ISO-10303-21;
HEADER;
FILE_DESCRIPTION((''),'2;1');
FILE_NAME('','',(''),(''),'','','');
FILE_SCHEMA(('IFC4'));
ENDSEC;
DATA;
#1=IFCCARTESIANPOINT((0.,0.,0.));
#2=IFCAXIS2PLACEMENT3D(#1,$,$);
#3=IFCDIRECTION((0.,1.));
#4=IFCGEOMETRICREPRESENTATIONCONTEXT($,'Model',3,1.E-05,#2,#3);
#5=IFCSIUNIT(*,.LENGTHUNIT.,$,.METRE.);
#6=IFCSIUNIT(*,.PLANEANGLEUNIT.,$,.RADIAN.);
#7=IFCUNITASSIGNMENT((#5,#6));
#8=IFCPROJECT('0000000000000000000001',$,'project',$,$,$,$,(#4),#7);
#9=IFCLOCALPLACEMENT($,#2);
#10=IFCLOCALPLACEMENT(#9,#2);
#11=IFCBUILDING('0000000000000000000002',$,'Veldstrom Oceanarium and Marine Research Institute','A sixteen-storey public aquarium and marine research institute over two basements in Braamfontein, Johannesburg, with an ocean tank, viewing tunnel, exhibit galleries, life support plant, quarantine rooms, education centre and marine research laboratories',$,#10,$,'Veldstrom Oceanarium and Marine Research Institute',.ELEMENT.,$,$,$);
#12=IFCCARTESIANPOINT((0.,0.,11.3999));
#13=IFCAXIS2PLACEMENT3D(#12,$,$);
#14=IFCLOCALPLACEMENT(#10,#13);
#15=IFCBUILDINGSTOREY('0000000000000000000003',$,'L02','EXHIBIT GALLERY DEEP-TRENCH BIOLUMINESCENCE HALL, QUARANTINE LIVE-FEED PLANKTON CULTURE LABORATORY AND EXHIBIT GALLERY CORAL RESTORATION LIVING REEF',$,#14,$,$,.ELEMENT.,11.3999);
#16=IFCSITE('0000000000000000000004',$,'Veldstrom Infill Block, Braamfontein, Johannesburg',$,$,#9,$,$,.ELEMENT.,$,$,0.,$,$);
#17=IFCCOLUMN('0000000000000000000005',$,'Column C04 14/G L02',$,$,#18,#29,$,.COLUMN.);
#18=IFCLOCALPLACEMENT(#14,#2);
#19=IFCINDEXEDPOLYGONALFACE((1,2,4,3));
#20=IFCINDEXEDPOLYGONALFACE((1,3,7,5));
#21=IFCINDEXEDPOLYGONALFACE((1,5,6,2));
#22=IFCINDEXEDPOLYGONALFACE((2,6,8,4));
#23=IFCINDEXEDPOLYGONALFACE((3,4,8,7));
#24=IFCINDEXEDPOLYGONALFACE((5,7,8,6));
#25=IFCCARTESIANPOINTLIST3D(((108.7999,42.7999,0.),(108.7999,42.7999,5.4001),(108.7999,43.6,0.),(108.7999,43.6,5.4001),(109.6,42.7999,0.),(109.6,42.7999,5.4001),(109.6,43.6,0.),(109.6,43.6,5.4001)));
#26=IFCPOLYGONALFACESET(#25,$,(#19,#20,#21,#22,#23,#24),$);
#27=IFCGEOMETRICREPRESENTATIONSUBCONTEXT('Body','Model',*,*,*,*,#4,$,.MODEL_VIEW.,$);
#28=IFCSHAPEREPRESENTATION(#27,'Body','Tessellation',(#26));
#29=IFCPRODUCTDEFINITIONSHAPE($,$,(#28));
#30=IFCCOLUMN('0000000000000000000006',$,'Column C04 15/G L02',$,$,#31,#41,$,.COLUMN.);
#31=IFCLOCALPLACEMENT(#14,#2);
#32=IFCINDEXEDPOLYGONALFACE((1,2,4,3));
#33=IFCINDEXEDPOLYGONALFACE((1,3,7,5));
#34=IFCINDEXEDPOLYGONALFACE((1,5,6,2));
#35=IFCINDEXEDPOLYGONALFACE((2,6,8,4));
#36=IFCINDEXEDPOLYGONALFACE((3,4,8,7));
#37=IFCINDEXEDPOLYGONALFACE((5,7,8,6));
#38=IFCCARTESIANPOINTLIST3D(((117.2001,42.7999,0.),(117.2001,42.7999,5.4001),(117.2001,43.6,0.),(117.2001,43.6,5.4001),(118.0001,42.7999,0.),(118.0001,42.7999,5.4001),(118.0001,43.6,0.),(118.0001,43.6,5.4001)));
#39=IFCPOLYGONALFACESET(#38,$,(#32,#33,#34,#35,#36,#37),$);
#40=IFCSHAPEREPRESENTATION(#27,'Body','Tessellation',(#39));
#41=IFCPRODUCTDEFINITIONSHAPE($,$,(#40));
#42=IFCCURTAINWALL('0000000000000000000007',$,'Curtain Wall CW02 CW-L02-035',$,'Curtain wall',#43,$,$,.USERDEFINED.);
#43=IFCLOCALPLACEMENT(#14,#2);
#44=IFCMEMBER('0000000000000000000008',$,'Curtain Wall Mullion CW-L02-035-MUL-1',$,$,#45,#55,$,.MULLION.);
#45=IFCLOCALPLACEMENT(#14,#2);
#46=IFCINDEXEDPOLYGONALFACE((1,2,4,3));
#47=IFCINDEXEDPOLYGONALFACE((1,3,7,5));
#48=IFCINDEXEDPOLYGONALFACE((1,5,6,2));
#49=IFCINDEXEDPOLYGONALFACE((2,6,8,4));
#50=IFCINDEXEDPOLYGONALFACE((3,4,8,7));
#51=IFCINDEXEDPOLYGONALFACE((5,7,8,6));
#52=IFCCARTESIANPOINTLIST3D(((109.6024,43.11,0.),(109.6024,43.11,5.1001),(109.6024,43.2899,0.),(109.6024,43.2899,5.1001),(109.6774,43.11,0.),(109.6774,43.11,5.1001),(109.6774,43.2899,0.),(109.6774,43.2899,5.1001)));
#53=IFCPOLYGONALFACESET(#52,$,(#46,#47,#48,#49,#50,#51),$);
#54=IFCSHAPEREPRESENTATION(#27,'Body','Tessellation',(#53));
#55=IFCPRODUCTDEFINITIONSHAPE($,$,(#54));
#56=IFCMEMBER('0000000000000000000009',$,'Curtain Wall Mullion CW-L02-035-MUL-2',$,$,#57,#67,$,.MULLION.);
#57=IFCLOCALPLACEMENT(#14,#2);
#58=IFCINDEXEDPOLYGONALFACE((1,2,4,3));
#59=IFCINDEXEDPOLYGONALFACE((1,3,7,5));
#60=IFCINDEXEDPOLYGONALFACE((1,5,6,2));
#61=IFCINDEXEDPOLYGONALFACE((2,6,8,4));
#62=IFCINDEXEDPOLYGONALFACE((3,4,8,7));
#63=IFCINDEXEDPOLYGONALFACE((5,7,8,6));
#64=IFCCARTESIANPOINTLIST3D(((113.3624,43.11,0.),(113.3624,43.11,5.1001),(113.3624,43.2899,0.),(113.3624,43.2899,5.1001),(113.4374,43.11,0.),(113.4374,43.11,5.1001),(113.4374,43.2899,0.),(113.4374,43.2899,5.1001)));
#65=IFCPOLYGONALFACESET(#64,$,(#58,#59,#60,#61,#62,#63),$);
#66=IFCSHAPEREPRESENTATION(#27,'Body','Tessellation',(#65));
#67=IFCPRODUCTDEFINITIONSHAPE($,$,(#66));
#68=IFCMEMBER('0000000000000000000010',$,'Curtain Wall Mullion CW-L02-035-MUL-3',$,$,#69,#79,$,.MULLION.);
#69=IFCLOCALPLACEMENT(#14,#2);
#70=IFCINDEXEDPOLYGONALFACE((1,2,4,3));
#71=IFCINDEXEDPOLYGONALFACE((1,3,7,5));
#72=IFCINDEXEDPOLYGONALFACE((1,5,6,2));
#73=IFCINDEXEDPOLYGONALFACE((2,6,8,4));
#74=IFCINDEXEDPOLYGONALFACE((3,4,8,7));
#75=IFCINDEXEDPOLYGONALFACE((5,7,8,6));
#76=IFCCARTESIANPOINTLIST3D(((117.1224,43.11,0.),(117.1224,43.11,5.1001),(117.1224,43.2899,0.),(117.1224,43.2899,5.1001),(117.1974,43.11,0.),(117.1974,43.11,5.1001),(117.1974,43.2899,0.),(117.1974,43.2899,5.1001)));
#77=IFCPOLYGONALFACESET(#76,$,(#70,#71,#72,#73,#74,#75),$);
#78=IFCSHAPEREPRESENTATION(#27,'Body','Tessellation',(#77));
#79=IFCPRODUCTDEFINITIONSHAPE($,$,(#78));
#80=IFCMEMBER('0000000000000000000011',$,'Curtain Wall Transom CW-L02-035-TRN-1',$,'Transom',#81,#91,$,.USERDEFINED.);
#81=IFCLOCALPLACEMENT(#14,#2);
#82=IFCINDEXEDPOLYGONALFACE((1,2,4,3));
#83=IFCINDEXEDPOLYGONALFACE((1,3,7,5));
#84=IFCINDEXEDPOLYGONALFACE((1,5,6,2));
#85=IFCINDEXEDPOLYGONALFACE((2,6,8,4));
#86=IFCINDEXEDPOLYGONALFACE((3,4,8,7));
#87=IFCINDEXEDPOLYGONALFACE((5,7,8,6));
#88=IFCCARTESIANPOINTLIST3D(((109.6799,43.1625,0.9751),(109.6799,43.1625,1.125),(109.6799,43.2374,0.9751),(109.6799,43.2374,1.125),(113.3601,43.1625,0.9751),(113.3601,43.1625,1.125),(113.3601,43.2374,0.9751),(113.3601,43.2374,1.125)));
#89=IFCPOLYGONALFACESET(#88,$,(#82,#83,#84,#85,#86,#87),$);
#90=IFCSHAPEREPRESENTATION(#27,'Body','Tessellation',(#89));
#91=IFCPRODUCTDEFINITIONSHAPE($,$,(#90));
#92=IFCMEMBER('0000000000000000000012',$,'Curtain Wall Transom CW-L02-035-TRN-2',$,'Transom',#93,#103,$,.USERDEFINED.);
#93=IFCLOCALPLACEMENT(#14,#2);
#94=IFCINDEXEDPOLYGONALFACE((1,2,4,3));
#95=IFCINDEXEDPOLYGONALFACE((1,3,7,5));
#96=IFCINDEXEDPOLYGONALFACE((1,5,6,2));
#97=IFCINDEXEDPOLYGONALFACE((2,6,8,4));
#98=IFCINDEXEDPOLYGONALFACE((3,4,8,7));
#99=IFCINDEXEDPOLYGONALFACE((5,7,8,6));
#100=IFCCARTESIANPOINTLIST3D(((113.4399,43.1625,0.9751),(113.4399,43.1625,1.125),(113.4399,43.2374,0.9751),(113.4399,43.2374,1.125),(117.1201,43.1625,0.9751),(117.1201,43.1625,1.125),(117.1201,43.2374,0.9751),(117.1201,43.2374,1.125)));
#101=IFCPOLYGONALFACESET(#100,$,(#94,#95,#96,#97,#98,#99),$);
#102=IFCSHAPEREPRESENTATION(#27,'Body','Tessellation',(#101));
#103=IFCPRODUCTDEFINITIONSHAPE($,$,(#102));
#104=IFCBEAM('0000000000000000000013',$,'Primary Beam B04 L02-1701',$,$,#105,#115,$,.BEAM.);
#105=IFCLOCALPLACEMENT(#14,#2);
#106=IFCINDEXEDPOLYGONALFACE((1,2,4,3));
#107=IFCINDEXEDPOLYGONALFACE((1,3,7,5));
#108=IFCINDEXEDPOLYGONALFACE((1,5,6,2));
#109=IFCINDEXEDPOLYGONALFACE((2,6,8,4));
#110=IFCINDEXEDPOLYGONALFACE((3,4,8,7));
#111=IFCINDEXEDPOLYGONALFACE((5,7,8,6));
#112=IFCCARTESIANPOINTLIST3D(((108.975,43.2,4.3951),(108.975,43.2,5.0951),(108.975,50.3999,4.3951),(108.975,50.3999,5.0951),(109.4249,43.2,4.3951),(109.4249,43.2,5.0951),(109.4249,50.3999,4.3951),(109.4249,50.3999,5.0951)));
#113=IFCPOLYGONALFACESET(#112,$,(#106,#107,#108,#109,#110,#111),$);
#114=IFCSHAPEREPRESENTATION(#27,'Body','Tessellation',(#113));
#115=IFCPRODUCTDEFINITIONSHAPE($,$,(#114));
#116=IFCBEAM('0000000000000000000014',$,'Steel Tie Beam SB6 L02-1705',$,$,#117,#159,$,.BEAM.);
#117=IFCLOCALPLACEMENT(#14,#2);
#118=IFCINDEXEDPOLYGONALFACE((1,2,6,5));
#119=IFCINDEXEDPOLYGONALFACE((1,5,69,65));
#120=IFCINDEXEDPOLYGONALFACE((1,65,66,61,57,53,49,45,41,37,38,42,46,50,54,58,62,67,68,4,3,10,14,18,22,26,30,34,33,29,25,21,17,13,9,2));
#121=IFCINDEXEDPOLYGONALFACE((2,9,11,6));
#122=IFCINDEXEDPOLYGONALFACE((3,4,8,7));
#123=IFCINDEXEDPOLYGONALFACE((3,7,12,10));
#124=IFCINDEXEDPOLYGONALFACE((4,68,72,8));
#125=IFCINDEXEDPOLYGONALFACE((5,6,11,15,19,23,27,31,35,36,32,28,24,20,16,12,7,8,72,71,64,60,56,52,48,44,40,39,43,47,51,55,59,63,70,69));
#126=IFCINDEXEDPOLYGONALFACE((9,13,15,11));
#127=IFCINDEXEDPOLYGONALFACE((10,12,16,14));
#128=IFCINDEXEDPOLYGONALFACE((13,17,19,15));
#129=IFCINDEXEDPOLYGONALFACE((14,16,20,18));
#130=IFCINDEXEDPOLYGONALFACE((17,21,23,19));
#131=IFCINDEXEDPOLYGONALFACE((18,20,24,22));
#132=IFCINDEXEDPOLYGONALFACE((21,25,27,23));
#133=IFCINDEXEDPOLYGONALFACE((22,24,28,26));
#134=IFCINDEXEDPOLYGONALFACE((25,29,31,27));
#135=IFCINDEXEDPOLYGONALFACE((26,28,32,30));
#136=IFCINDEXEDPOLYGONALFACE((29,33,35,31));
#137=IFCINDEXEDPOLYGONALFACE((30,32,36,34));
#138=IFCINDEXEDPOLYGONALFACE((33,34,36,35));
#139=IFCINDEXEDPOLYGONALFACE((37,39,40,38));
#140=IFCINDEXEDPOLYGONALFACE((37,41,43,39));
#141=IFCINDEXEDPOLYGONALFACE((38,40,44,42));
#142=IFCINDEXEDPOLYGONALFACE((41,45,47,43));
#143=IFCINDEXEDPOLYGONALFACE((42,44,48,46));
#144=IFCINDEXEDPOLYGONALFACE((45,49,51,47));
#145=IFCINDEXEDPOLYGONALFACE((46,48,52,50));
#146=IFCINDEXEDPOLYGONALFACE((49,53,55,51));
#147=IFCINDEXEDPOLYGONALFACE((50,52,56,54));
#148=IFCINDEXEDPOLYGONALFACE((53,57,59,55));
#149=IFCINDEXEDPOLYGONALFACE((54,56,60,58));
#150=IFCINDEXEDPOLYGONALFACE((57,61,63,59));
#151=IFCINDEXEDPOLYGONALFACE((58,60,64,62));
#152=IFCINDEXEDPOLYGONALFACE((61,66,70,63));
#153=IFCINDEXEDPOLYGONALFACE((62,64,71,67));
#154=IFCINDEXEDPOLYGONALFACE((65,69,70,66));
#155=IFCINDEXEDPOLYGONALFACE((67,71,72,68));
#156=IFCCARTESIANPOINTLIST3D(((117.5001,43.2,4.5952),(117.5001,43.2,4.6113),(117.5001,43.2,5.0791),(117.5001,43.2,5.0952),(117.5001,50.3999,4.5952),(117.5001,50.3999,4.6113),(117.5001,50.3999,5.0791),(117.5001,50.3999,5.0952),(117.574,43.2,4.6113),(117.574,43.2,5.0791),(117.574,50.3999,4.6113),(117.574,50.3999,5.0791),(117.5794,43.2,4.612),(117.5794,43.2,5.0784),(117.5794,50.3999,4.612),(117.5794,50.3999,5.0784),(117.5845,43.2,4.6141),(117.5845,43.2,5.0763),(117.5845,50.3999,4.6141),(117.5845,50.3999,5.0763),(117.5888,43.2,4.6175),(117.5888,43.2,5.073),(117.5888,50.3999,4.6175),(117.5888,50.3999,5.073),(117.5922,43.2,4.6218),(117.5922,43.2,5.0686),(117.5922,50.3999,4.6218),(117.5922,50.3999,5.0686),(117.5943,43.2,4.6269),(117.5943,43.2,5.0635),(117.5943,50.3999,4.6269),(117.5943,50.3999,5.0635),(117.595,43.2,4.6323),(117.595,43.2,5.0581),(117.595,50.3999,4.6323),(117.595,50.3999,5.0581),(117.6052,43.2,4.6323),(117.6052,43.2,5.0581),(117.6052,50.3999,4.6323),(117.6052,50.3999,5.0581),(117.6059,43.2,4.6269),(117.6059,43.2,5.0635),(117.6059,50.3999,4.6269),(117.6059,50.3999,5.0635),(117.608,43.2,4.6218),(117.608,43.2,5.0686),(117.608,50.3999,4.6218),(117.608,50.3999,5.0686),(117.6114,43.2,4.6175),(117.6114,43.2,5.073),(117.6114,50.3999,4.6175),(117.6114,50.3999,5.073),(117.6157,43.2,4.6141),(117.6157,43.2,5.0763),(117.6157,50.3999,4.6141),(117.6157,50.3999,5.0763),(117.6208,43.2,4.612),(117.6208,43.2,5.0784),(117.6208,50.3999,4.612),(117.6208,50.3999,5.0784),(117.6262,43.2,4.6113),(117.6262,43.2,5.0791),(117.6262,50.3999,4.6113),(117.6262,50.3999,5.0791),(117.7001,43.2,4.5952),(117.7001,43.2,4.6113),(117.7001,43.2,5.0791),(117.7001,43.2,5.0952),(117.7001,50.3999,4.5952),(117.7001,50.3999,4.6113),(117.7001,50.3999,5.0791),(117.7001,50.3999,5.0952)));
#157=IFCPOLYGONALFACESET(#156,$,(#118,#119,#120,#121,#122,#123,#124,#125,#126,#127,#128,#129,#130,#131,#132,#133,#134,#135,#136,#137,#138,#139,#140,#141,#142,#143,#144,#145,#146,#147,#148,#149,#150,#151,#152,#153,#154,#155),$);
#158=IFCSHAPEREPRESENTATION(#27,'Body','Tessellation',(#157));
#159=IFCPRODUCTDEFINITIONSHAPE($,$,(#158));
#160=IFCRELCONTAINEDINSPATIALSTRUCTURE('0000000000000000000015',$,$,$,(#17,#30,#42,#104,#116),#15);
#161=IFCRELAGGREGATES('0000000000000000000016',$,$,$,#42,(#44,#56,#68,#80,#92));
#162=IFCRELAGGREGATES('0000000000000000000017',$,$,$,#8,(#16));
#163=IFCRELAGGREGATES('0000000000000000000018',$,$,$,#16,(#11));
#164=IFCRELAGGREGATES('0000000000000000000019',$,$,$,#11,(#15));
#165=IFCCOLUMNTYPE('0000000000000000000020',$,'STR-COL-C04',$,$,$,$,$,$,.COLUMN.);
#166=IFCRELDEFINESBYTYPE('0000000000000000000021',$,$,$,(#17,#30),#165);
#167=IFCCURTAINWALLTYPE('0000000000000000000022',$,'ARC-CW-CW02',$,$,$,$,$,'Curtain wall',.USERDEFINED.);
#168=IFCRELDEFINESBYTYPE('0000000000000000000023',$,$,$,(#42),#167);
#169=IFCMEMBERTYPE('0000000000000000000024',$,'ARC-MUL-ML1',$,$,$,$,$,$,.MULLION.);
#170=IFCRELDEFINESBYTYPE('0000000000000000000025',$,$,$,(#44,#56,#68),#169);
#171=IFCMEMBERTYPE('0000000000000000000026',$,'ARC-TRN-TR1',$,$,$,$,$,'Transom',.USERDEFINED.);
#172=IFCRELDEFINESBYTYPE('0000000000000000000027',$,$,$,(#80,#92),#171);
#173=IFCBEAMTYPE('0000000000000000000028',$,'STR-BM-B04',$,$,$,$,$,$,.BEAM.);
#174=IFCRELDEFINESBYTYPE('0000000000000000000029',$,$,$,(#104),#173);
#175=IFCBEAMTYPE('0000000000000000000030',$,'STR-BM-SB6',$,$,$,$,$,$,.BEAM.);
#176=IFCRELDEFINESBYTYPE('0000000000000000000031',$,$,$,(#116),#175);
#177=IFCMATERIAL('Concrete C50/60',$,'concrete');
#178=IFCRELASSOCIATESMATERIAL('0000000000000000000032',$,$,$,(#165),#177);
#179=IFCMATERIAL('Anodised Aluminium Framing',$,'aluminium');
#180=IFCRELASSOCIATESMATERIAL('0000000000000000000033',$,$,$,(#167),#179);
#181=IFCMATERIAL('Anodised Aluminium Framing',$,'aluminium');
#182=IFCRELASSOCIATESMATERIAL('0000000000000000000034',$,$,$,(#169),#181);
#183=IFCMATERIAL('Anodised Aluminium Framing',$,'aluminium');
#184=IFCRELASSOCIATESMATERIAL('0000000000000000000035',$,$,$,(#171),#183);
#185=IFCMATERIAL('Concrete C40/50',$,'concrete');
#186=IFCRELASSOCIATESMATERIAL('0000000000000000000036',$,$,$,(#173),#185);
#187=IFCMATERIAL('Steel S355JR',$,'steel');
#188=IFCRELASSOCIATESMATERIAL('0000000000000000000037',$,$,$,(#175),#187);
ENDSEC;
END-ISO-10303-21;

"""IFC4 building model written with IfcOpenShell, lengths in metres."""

from ifc_helpers import new_model, si_unit, direction, frame, origin, origin_2d, place, context, subcontext, project, spatial, rectangle, i_section, extrude, material, material_profile, profile_set, type_object, element, aggregate, save


model = new_model("IFC4")

# Units and contexts
model_context = context("Model", 3, precision=1e-05, world=origin(), true_north=direction((0.0, 1.0)))
body_context = subcontext(model_context, "Body", "Model", "MODEL_VIEW")
ifc_project = project(units=[si_unit("LENGTHUNIT", "METRE"), si_unit("PLANEANGLEUNIT", "RADIAN")], contexts=[model_context])

# Site, building, storey
site_placement = place(None, origin())
site = spatial("IfcSite", under=ifc_project, at=site_placement, Name="Veldstrom Infill Block, Braamfontein, Johannesburg", CompositionType="ELEMENT", RefElevation=0.0)
building_placement = place(site_placement, origin())
building = spatial("IfcBuilding", under=site, at=building_placement, Name="Veldstrom Oceanarium and Marine Research Institute", Description="A sixteen-storey public aquarium and marine research institute over two basements in Braamfontein, Johannesburg, with an ocean tank, viewing tunnel, exhibit galleries, life support plant, quarantine rooms, education centre and marine research laboratories", LongName="Veldstrom Oceanarium and Marine Research Institute", CompositionType="ELEMENT")
storey_placement = place(building_placement, frame((0.0, 0.0, 11.3999)))
storey = spatial("IfcBuildingStorey", under=building, at=storey_placement, Name="L02", Description="EXHIBIT GALLERY DEEP-TRENCH BIOLUMINESCENCE HALL, QUARANTINE LIVE-FEED PLANKTON CULTURE LABORATORY AND EXHIBIT GALLERY CORAL RESTORATION LIVING REEF", CompositionType="ELEMENT", Elevation=11.3999)

# Columns
ifc_material_1 = material(Name="Concrete C50/60", Category="concrete")
ifc_material_profile_1 = material_profile(ifc_material_1, rectangle(XDim=0.8, YDim=0.8, at=origin_2d()), Name="RC-COL-800x800")
ifc_profile_set_1 = profile_set([ifc_material_profile_1], Name="Concrete C50/60")
column_type = type_object("IfcColumnType", Name="STR-COL-C04", PredefinedType="COLUMN", material=ifc_profile_set_1)
for number, where, z_axis, x_axis, name in (
    (1, (109.2, 43.2, 0.0), (0.0, 0.0, 1.0), (1.0, 0.0, 0.0), "Column C04 14/G L02"),
    (2, (117.6001, 43.2, 0.0), (0.0, 0.0, 1.0), (1.0, 0.0, 0.0), "Column C04 15/G L02"),
):
    element("IfcColumn", number, at=place(storey_placement, frame(where, z_axis=z_axis, x_axis=x_axis)), inside=storey, type_object=column_type, Name=name, PredefinedType="COLUMN", context=body_context, shape_type="SweptSolid", body=[
        extrude(rectangle(XDim=0.8, YDim=0.8, at=origin_2d()), origin(), (0.0, 0.0, 1.0), 5.4001),
    ])

# Curtain wall, members
ifc_material_2 = material(Name="Anodised Aluminium Framing", Category="aluminium")
curtain_wall_type = type_object("IfcCurtainWallType", Name="ARC-CW-CW02", ElementType="Curtain wall", PredefinedType="USERDEFINED", material=ifc_material_2)
curtain_wall_placement = place(storey_placement, origin())
curtain_wall = element("IfcCurtainWall", 3, at=curtain_wall_placement, inside=storey, type_object=curtain_wall_type, Name="Curtain Wall CW02 CW-L02-035", ObjectType="Curtain wall", PredefinedType="USERDEFINED")
ifc_material_3 = material(Name="Anodised Aluminium Framing", Category="aluminium")
ifc_material_profile_2 = material_profile(ifc_material_3, rectangle(XDim=0.075, YDim=0.1799, at=origin_2d()), Name="ALU-MUL-75x180")
ifc_profile_set_2 = profile_set([ifc_material_profile_2], Name="Anodised Aluminium Framing")
member_type_1 = type_object("IfcMemberType", Name="ARC-MUL-ML1", PredefinedType="MULLION", material=ifc_profile_set_2)
member_1_placement = place(storey_placement, frame((109.6399, 43.2, 0.0), z_axis=(0.0, 0.0, 1.0), x_axis=(1.0, 0.0, 0.0)))
member_1 = element("IfcMember", 4, at=member_1_placement, type_object=member_type_1, Name="Curtain Wall Mullion CW-L02-035-MUL-1", PredefinedType="MULLION", context=body_context, shape_type="SweptSolid", body=[
    extrude(rectangle(XDim=0.075, YDim=0.1799, at=origin_2d()), origin(), (0.0, 0.0, 1.0), 5.1001),
])
member_2_placement = place(storey_placement, frame((113.3999, 43.2, 0.0), z_axis=(0.0, 0.0, 1.0), x_axis=(1.0, 0.0, 0.0)))
member_2 = element("IfcMember", 5, at=member_2_placement, type_object=member_type_1, Name="Curtain Wall Mullion CW-L02-035-MUL-2", PredefinedType="MULLION", context=body_context, shape_type="SweptSolid", body=[
    extrude(rectangle(XDim=0.075, YDim=0.1799, at=origin_2d()), origin(), (0.0, 0.0, 1.0), 5.1001),
])
member_3_placement = place(storey_placement, frame((117.1599, 43.2, 0.0), z_axis=(0.0, 0.0, 1.0), x_axis=(1.0, 0.0, 0.0)))
member_3 = element("IfcMember", 6, at=member_3_placement, type_object=member_type_1, Name="Curtain Wall Mullion CW-L02-035-MUL-3", PredefinedType="MULLION", context=body_context, shape_type="SweptSolid", body=[
    extrude(rectangle(XDim=0.075, YDim=0.1799, at=origin_2d()), origin(), (0.0, 0.0, 1.0), 5.1001),
])
ifc_material_4 = material(Name="Anodised Aluminium Framing", Category="aluminium")
ifc_material_profile_3 = material_profile(ifc_material_4, rectangle(XDim=0.075, YDim=0.1499, at=origin_2d()), Name="ALU-TRN-75x150")
ifc_profile_set_3 = profile_set([ifc_material_profile_3], Name="Anodised Aluminium Framing")
member_type_2 = type_object("IfcMemberType", Name="ARC-TRN-TR1", ElementType="Transom", PredefinedType="USERDEFINED", material=ifc_profile_set_3)
member_4_placement = place(storey_placement, frame((109.6799, 43.2, 1.05), z_axis=(1.0, 0.0, 0.0), x_axis=(0.0, 1.0, 0.0)))
member_4 = element("IfcMember", 7, at=member_4_placement, type_object=member_type_2, Name="Curtain Wall Transom CW-L02-035-TRN-1", ObjectType="Transom", PredefinedType="USERDEFINED", context=body_context, shape_type="SweptSolid", body=[
    extrude(rectangle(XDim=0.075, YDim=0.1499, at=origin_2d()), origin(), (0.0, 0.0, 1.0), 3.6802),
])
member_5_placement = place(storey_placement, frame((113.4399, 43.2, 1.05), z_axis=(1.0, 0.0, 0.0), x_axis=(0.0, 1.0, 0.0)))
member_5 = element("IfcMember", 8, at=member_5_placement, type_object=member_type_2, Name="Curtain Wall Transom CW-L02-035-TRN-2", ObjectType="Transom", PredefinedType="USERDEFINED", context=body_context, shape_type="SweptSolid", body=[
    extrude(rectangle(XDim=0.075, YDim=0.1499, at=origin_2d()), origin(), (0.0, 0.0, 1.0), 3.6802),
])

# Beams
ifc_material_5 = material(Name="Concrete C40/50", Category="concrete")
ifc_material_profile_4 = material_profile(ifc_material_5, rectangle(XDim=0.45, YDim=0.7, at=origin_2d()), Name="RC-BM-450x700")
ifc_profile_set_4 = profile_set([ifc_material_profile_4], Name="Concrete C40/50")
beam_type_1 = type_object("IfcBeamType", Name="STR-BM-B04", PredefinedType="BEAM", material=ifc_profile_set_4)
beam_1_placement = place(storey_placement, frame((109.2, 43.2, 4.7451), z_axis=(0.0, 1.0, 0.0), x_axis=(-1.0, 0.0, 0.0)))
element("IfcBeam", 9, at=beam_1_placement, inside=storey, type_object=beam_type_1, Name="Primary Beam B04 L02-1701", PredefinedType="BEAM", context=body_context, shape_type="SweptSolid", body=[
    extrude(rectangle(XDim=0.45, YDim=0.7, at=origin_2d()), origin(), (0.0, 0.0, 1.0), 7.2),
])
ifc_material_6 = material(Name="Steel S355JR", Category="steel")
ifc_material_profile_5 = material_profile(ifc_material_6, i_section(OverallWidth=0.2, OverallDepth=0.5, WebThickness=0.0103, FlangeThickness=0.0161, FilletRadius=0.021, at=origin_2d()), Name="IPE 500")
ifc_profile_set_5 = profile_set([ifc_material_profile_5], Name="Steel S355JR")
beam_type_2 = type_object("IfcBeamType", Name="STR-BM-SB6", PredefinedType="BEAM", material=ifc_profile_set_5)
beam_2_placement = place(storey_placement, frame((117.6001, 43.2, 4.8452), z_axis=(0.0, 1.0, 0.0), x_axis=(-1.0, 0.0, 0.0)))
element("IfcBeam", 10, at=beam_2_placement, inside=storey, type_object=beam_type_2, Name="Steel Tie Beam SB6 L02-1705", PredefinedType="BEAM", context=body_context, shape_type="SweptSolid", body=[
    extrude(i_section(OverallWidth=0.2, OverallDepth=0.5, WebThickness=0.0103, FlangeThickness=0.0161, FilletRadius=0.021, at=origin_2d()), origin(), (0.0, 0.0, 1.0), 7.2),
])

aggregate(curtain_wall, [member_1, member_2, member_3, member_4, member_5])

save(model, "model.ifc")
